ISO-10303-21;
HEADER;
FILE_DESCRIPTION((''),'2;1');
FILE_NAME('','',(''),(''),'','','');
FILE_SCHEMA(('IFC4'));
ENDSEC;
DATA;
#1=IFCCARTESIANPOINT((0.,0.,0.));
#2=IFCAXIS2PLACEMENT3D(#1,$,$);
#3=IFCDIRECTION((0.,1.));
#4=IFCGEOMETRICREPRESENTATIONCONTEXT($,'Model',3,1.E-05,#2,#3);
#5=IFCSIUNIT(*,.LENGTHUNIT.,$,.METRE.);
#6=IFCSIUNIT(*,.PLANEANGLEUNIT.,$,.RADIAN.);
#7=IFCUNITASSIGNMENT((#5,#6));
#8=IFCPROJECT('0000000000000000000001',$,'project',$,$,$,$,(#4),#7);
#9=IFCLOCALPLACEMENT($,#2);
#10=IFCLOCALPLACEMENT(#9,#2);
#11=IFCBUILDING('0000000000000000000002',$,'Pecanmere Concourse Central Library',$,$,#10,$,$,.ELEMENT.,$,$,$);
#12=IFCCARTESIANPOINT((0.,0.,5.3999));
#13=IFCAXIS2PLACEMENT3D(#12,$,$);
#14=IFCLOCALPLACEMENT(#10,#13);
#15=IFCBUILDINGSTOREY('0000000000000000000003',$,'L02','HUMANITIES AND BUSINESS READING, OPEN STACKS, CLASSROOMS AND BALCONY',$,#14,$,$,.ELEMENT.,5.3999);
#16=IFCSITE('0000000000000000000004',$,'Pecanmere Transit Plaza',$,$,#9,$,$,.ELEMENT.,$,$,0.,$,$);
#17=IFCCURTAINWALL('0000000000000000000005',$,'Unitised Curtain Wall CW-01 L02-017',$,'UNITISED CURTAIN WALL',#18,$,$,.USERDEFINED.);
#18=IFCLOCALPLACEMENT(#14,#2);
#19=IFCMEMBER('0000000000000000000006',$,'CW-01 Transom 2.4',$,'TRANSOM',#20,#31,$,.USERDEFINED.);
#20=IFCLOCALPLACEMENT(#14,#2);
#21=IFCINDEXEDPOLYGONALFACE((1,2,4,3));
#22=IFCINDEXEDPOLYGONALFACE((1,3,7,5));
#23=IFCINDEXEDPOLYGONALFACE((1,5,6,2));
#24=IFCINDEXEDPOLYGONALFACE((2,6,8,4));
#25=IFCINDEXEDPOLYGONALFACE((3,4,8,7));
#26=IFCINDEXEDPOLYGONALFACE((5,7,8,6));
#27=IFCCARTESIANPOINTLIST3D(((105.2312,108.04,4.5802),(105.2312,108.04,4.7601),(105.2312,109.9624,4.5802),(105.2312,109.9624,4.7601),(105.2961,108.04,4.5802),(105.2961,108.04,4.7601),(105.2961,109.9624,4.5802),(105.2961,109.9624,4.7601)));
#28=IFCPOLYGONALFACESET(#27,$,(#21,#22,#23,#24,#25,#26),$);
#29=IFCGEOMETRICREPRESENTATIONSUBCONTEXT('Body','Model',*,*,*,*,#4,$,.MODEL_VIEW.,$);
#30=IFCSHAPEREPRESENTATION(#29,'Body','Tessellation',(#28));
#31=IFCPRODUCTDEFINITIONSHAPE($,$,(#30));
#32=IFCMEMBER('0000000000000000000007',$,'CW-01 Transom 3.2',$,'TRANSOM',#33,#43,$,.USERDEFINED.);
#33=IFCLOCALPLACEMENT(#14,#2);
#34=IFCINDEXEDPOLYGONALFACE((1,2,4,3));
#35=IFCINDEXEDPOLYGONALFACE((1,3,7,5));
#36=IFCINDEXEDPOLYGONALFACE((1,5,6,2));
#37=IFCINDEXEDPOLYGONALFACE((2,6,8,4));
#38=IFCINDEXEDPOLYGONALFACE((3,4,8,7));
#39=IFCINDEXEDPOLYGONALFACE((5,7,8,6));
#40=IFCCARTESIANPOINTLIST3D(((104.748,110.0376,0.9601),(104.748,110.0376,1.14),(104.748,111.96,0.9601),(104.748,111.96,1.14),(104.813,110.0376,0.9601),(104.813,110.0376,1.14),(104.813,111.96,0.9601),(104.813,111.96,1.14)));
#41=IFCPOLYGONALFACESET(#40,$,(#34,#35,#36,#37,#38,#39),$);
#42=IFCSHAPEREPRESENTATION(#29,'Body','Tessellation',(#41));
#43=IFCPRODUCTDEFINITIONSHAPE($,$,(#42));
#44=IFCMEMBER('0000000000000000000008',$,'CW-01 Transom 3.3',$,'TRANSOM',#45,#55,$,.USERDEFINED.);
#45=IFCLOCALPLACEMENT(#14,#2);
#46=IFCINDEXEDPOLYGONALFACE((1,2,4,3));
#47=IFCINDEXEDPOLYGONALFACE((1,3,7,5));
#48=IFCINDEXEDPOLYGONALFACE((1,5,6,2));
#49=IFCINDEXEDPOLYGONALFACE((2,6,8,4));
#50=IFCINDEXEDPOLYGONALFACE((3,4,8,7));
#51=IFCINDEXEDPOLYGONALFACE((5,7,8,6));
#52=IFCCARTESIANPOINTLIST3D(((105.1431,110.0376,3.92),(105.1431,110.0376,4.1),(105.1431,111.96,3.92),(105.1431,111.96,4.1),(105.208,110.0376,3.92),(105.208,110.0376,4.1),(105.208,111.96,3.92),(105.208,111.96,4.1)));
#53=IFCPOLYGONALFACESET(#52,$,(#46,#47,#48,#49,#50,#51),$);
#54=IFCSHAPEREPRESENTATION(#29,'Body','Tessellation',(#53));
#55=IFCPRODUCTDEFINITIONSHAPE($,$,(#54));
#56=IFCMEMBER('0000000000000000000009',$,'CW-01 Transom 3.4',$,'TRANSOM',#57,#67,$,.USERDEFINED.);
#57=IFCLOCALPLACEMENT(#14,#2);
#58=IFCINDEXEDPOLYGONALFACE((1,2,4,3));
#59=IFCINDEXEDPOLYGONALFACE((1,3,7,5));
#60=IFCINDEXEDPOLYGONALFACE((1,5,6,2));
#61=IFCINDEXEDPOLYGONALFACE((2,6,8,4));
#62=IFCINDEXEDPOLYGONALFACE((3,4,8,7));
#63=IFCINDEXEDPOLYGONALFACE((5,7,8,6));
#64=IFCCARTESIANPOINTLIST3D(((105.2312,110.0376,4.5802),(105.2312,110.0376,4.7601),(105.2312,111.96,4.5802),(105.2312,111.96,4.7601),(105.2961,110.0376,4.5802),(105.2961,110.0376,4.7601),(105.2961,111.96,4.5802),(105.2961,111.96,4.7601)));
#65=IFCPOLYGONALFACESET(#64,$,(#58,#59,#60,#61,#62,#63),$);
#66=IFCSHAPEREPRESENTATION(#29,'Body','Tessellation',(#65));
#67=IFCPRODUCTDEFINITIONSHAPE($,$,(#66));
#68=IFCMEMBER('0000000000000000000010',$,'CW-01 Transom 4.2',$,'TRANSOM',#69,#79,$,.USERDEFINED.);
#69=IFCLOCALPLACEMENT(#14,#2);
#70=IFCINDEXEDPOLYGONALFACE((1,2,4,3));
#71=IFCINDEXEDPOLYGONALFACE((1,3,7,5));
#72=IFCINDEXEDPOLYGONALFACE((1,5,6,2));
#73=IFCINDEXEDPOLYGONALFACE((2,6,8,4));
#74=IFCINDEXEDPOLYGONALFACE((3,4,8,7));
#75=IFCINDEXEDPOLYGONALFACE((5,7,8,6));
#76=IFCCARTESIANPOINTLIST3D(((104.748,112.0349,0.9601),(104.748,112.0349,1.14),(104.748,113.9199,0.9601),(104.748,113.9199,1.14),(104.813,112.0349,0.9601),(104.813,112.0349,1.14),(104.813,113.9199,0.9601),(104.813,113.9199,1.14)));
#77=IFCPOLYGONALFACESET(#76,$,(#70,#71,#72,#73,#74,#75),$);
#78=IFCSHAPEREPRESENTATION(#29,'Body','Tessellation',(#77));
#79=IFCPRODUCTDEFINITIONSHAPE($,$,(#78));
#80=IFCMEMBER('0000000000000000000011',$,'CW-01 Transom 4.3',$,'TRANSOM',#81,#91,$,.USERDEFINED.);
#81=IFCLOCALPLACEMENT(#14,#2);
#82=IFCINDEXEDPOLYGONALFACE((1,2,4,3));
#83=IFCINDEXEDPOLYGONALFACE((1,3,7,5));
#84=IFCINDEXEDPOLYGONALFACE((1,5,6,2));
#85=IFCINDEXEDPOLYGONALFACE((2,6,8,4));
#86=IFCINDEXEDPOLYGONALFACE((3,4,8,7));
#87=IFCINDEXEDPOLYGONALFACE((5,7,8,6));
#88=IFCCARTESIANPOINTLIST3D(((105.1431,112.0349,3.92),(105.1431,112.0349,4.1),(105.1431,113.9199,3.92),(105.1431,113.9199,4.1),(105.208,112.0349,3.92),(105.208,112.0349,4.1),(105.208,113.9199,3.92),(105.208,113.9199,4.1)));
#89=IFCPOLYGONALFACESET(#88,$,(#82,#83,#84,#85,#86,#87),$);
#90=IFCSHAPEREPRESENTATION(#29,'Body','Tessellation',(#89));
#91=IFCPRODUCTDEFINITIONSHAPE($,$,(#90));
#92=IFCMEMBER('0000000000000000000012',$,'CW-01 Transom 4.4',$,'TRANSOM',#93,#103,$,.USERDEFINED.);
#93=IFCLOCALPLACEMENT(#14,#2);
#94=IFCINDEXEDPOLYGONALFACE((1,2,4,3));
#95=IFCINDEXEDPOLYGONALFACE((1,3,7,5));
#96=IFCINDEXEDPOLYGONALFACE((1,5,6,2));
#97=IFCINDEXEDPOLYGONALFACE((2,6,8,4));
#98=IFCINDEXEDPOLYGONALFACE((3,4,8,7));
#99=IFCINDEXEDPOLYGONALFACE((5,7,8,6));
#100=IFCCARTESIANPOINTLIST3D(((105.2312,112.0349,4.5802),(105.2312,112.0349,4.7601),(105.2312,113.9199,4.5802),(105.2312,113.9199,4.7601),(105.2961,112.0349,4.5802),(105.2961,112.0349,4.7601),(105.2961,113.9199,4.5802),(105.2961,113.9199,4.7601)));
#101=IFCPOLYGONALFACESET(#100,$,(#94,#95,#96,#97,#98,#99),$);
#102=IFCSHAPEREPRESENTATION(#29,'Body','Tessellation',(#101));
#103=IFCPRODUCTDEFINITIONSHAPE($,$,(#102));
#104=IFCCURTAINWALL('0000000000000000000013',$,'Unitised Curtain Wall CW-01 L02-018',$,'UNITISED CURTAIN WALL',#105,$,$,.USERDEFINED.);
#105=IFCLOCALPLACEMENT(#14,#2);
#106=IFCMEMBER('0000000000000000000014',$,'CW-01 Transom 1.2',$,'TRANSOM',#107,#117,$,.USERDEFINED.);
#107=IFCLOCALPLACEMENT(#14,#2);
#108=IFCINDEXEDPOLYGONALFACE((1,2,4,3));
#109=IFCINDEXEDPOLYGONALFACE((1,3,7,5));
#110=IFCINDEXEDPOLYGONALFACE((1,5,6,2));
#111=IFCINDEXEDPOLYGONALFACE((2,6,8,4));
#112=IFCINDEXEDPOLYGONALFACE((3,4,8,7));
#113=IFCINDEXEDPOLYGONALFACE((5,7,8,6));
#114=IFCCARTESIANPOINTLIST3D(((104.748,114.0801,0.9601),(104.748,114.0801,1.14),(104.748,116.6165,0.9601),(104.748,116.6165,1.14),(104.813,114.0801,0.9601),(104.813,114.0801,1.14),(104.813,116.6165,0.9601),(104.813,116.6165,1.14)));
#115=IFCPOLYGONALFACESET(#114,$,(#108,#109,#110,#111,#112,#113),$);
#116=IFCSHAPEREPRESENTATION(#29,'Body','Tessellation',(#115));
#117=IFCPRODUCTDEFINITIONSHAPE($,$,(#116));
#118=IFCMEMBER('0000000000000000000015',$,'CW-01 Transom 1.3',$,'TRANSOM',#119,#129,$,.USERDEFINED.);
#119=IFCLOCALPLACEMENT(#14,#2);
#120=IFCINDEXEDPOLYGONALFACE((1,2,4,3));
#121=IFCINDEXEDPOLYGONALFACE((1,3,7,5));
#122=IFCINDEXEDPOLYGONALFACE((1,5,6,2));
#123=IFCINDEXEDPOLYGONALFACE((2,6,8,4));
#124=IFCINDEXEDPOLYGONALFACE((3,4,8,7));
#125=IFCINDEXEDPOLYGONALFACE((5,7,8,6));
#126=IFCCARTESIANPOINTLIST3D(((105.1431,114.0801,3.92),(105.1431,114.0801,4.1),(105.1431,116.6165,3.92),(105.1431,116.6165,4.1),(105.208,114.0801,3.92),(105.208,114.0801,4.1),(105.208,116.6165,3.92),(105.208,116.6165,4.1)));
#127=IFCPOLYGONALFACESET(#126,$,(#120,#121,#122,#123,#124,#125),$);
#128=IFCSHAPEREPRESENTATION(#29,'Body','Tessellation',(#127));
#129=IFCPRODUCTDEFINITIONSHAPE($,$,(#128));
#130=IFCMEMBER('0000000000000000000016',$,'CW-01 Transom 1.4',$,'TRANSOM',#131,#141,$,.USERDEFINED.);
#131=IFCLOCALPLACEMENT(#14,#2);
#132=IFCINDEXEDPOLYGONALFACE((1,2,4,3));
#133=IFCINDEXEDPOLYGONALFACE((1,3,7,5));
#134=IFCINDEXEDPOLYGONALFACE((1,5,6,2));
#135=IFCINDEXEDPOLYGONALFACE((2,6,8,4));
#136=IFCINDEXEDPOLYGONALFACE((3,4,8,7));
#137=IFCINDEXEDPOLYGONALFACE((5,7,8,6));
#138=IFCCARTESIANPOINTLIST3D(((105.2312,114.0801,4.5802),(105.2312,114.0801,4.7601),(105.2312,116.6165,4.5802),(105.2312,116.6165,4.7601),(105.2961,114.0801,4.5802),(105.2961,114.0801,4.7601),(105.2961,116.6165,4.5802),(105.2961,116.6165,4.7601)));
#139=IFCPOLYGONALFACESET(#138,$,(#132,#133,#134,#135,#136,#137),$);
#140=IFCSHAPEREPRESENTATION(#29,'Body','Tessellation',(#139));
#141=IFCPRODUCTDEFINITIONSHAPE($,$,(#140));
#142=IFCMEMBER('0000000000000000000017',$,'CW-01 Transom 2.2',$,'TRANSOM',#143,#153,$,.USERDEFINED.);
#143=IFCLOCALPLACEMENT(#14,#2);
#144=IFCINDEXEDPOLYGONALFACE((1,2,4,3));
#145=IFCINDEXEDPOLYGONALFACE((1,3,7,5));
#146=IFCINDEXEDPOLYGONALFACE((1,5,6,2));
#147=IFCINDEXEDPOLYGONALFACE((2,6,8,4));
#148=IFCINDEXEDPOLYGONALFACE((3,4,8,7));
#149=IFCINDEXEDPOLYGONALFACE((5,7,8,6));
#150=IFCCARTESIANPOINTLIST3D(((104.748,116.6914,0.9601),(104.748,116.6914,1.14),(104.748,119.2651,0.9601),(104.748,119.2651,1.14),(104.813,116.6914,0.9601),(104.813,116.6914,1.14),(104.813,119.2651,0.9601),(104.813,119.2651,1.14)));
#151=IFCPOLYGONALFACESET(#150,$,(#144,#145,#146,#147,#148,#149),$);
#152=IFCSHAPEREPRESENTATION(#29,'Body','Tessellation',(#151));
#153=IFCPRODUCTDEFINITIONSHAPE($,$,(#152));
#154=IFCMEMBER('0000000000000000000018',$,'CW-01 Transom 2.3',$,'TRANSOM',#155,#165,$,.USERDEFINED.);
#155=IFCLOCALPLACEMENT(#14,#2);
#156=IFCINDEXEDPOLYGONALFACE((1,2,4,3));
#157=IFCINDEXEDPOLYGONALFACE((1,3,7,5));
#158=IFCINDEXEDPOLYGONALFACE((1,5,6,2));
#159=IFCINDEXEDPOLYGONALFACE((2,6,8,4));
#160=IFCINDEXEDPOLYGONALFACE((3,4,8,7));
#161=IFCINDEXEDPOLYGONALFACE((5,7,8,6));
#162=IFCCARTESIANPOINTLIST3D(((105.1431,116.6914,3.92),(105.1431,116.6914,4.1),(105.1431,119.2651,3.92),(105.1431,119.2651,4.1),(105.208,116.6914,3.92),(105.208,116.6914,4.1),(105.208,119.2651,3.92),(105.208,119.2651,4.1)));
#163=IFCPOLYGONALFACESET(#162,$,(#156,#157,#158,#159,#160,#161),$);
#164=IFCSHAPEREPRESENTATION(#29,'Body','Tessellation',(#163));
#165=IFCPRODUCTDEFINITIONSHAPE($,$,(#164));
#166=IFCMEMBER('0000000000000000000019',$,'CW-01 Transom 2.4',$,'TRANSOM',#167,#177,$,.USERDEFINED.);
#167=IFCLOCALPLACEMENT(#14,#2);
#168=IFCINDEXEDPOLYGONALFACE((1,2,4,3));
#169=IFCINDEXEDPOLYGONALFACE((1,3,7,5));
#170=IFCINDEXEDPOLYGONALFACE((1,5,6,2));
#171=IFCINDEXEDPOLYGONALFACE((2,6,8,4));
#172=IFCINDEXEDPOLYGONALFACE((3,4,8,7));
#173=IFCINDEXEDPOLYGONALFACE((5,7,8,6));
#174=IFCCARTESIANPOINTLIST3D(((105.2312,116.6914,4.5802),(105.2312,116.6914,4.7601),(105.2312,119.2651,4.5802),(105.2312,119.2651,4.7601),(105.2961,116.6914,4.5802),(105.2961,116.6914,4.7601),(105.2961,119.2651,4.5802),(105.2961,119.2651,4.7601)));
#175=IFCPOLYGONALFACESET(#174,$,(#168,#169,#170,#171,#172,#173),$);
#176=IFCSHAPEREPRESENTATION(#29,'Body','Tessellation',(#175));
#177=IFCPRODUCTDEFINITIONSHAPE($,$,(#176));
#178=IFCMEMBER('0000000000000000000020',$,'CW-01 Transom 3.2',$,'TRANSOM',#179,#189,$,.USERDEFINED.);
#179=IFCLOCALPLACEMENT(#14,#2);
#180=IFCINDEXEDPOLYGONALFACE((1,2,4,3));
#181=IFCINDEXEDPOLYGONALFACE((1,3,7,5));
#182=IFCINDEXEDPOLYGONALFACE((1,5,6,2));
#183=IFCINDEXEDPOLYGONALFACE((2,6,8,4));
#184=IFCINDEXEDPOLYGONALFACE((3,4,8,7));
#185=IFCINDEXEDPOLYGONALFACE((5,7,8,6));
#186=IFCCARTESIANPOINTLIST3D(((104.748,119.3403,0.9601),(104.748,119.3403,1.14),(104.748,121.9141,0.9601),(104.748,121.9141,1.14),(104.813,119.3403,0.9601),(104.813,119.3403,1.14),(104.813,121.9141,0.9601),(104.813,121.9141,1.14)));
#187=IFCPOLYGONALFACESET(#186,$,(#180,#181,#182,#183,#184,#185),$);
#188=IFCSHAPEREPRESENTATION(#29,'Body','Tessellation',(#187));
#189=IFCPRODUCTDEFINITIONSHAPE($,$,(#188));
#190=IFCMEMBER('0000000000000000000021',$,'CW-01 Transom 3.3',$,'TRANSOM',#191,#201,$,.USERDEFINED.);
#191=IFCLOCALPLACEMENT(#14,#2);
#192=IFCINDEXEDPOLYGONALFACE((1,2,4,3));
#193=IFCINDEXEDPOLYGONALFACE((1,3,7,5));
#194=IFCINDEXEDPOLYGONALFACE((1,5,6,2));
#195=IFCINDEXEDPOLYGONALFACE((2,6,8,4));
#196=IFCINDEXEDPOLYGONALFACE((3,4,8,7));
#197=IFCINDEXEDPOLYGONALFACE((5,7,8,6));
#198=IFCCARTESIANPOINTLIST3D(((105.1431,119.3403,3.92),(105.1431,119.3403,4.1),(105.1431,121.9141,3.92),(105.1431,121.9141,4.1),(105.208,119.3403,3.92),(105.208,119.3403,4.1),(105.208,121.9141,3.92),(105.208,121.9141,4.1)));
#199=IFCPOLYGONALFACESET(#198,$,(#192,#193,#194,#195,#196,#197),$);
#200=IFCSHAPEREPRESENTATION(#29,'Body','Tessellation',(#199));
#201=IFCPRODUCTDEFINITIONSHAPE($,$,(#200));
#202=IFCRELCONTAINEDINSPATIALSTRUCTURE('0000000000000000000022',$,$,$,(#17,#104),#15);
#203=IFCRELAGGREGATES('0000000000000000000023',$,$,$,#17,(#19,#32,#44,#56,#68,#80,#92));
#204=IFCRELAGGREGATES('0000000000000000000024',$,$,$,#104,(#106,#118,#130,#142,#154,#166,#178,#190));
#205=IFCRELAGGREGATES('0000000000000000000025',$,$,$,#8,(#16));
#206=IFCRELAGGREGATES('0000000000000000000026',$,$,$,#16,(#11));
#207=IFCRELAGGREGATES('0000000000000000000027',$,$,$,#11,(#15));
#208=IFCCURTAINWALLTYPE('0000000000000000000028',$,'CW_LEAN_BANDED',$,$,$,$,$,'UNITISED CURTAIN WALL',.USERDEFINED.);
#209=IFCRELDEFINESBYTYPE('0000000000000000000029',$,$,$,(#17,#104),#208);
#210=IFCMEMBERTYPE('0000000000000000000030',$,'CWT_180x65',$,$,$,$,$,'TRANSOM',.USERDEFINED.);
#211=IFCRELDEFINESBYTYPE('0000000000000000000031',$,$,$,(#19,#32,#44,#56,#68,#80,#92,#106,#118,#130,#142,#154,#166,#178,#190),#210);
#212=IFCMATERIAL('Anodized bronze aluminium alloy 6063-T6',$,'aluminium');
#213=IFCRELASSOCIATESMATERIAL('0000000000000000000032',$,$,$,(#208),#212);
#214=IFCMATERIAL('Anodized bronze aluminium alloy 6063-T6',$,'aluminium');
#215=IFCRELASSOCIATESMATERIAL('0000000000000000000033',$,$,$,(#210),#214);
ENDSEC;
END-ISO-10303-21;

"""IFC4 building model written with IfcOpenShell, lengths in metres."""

from ifc_helpers import new_model, si_unit, direction, frame, origin, origin_2d, place, context, subcontext, project, spatial, rectangle, extrude, material, material_profile, profile_set, type_object, element, aggregate, save


model = new_model("IFC4")

# Units and contexts
model_context = context("Model", 3, precision=1e-05, world=origin(), true_north=direction((0.0, 1.0)))
body_context = subcontext(model_context, "Body", "Model", "MODEL_VIEW")
ifc_project = project(units=[si_unit("LENGTHUNIT", "METRE"), si_unit("PLANEANGLEUNIT", "RADIAN")], contexts=[model_context])

# Site, building, storey
site_placement = place(None, origin())
site = spatial("IfcSite", under=ifc_project, at=site_placement, Name="Pecanmere Transit Plaza", CompositionType="ELEMENT", RefElevation=0.0)
building_placement = place(site_placement, origin())
building = spatial("IfcBuilding", under=site, at=building_placement, Name="Pecanmere Concourse Central Library", CompositionType="ELEMENT")
storey_placement = place(building_placement, frame((0.0, 0.0, 5.3999)))
storey = spatial("IfcBuildingStorey", under=building, at=storey_placement, Name="L02", Description="HUMANITIES AND BUSINESS READING, OPEN STACKS, CLASSROOMS AND BALCONY", CompositionType="ELEMENT", Elevation=5.3999)

# Curtain wall, members
ifc_material_1 = material(Name="Anodized bronze aluminium alloy 6063-T6", Category="aluminium")
curtain_wall_type = type_object("IfcCurtainWallType", Name="CW_LEAN_BANDED", ElementType="UNITISED CURTAIN WALL", PredefinedType="USERDEFINED", material=ifc_material_1)
curtain_wall_1_placement = place(storey_placement, origin())
curtain_wall_1 = element("IfcCurtainWall", 1, at=curtain_wall_1_placement, inside=storey, type_object=curtain_wall_type, Name="Unitised Curtain Wall CW-01 L02-017", ObjectType="UNITISED CURTAIN WALL", PredefinedType="USERDEFINED")
ifc_material_2 = material(Name="Anodized bronze aluminium alloy 6063-T6", Category="aluminium")
ifc_material_profile = material_profile(ifc_material_2, rectangle(XDim=0.0649, YDim=0.1799, at=origin_2d()), Name="AL 65x180")
ifc_profile_set = profile_set([ifc_material_profile], Name="Anodized bronze aluminium alloy 6063-T6")
member_type = type_object("IfcMemberType", Name="CWT_180x65", ElementType="TRANSOM", PredefinedType="USERDEFINED", material=ifc_profile_set)
member_1_placement = place(storey_placement, frame((105.2637, 108.04, 4.6702), z_axis=(0.0, 1.0, 0.0), x_axis=(-1.0, 0.0, 0.0)))
member_1 = element("IfcMember", 2, at=member_1_placement, type_object=member_type, Name="CW-01 Transom 2.4", ObjectType="TRANSOM", PredefinedType="USERDEFINED", context=body_context, shape_type="SweptSolid", body=[
    extrude(rectangle(XDim=0.0649, YDim=0.1799, at=origin_2d()), origin(), (0.0, 0.0, 1.0), 1.9224),
])
member_2_placement = place(storey_placement, frame((104.7805, 110.0376, 1.05), z_axis=(0.0, 1.0, 0.0), x_axis=(-1.0, 0.0, 0.0)))
member_2 = element("IfcMember", 3, at=member_2_placement, type_object=member_type, Name="CW-01 Transom 3.2", ObjectType="TRANSOM", PredefinedType="USERDEFINED", context=body_context, shape_type="SweptSolid", body=[
    extrude(rectangle(XDim=0.0649, YDim=0.1799, at=origin_2d()), origin(), (0.0, 0.0, 1.0), 1.9224),
])
member_3_placement = place(storey_placement, frame((105.1755, 110.0376, 4.01), z_axis=(0.0, 1.0, 0.0), x_axis=(-1.0, 0.0, 0.0)))
member_3 = element("IfcMember", 4, at=member_3_placement, type_object=member_type, Name="CW-01 Transom 3.3", ObjectType="TRANSOM", PredefinedType="USERDEFINED", context=body_context, shape_type="SweptSolid", body=[
    extrude(rectangle(XDim=0.0649, YDim=0.1799, at=origin_2d()), origin(), (0.0, 0.0, 1.0), 1.9224),
])
member_4_placement = place(storey_placement, frame((105.2637, 110.0376, 4.6702), z_axis=(0.0, 1.0, 0.0), x_axis=(-1.0, 0.0, 0.0)))
member_4 = element("IfcMember", 5, at=member_4_placement, type_object=member_type, Name="CW-01 Transom 3.4", ObjectType="TRANSOM", PredefinedType="USERDEFINED", context=body_context, shape_type="SweptSolid", body=[
    extrude(rectangle(XDim=0.0649, YDim=0.1799, at=origin_2d()), origin(), (0.0, 0.0, 1.0), 1.9224),
])
member_5_placement = place(storey_placement, frame((104.7805, 112.0349, 1.05), z_axis=(0.0, 1.0, 0.0), x_axis=(-1.0, 0.0, 0.0)))
member_5 = element("IfcMember", 6, at=member_5_placement, type_object=member_type, Name="CW-01 Transom 4.2", ObjectType="TRANSOM", PredefinedType="USERDEFINED", context=body_context, shape_type="SweptSolid", body=[
    extrude(rectangle(XDim=0.0649, YDim=0.1799, at=origin_2d()), origin(), (0.0, 0.0, 1.0), 1.885),
])
member_6_placement = place(storey_placement, frame((105.1755, 112.0349, 4.01), z_axis=(0.0, 1.0, 0.0), x_axis=(-1.0, 0.0, 0.0)))
member_6 = element("IfcMember", 7, at=member_6_placement, type_object=member_type, Name="CW-01 Transom 4.3", ObjectType="TRANSOM", PredefinedType="USERDEFINED", context=body_context, shape_type="SweptSolid", body=[
    extrude(rectangle(XDim=0.0649, YDim=0.1799, at=origin_2d()), origin(), (0.0, 0.0, 1.0), 1.885),
])
member_7_placement = place(storey_placement, frame((105.2637, 112.0349, 4.6702), z_axis=(0.0, 1.0, 0.0), x_axis=(-1.0, 0.0, 0.0)))
member_7 = element("IfcMember", 8, at=member_7_placement, type_object=member_type, Name="CW-01 Transom 4.4", ObjectType="TRANSOM", PredefinedType="USERDEFINED", context=body_context, shape_type="SweptSolid", body=[
    extrude(rectangle(XDim=0.0649, YDim=0.1799, at=origin_2d()), origin(), (0.0, 0.0, 1.0), 1.885),
])

# Curtain wall, members
curtain_wall_2_placement = place(storey_placement, origin())
curtain_wall_2 = element("IfcCurtainWall", 9, at=curtain_wall_2_placement, inside=storey, type_object=curtain_wall_type, Name="Unitised Curtain Wall CW-01 L02-018", ObjectType="UNITISED CURTAIN WALL", PredefinedType="USERDEFINED")
member_8_placement = place(storey_placement, frame((104.7805, 114.0801, 1.05), z_axis=(0.0, 1.0, 0.0), x_axis=(-1.0, 0.0, 0.0)))
member_8 = element("IfcMember", 10, at=member_8_placement, type_object=member_type, Name="CW-01 Transom 1.2", ObjectType="TRANSOM", PredefinedType="USERDEFINED", context=body_context, shape_type="SweptSolid", body=[
    extrude(rectangle(XDim=0.0649, YDim=0.1799, at=origin_2d()), origin(), (0.0, 0.0, 1.0), 2.5364),
])
member_9_placement = place(storey_placement, frame((105.1755, 114.0801, 4.01), z_axis=(0.0, 1.0, 0.0), x_axis=(-1.0, 0.0, 0.0)))
member_9 = element("IfcMember", 11, at=member_9_placement, type_object=member_type, Name="CW-01 Transom 1.3", ObjectType="TRANSOM", PredefinedType="USERDEFINED", context=body_context, shape_type="SweptSolid", body=[
    extrude(rectangle(XDim=0.0649, YDim=0.1799, at=origin_2d()), origin(), (0.0, 0.0, 1.0), 2.5364),
])
member_10_placement = place(storey_placement, frame((105.2637, 114.0801, 4.6702), z_axis=(0.0, 1.0, 0.0), x_axis=(-1.0, 0.0, 0.0)))
member_10 = element("IfcMember", 12, at=member_10_placement, type_object=member_type, Name="CW-01 Transom 1.4", ObjectType="TRANSOM", PredefinedType="USERDEFINED", context=body_context, shape_type="SweptSolid", body=[
    extrude(rectangle(XDim=0.0649, YDim=0.1799, at=origin_2d()), origin(), (0.0, 0.0, 1.0), 2.5364),
])
member_11_placement = place(storey_placement, frame((104.7805, 116.6914, 1.05), z_axis=(0.0, 1.0, 0.0), x_axis=(-1.0, 0.0, 0.0)))
member_11 = element("IfcMember", 13, at=member_11_placement, type_object=member_type, Name="CW-01 Transom 2.2", ObjectType="TRANSOM", PredefinedType="USERDEFINED", context=body_context, shape_type="SweptSolid", body=[
    extrude(rectangle(XDim=0.0649, YDim=0.1799, at=origin_2d()), origin(), (0.0, 0.0, 1.0), 2.5737),
])
member_12_placement = place(storey_placement, frame((105.1755, 116.6914, 4.01), z_axis=(0.0, 1.0, 0.0), x_axis=(-1.0, 0.0, 0.0)))
member_12 = element("IfcMember", 14, at=member_12_placement, type_object=member_type, Name="CW-01 Transom 2.3", ObjectType="TRANSOM", PredefinedType="USERDEFINED", context=body_context, shape_type="SweptSolid", body=[
    extrude(rectangle(XDim=0.0649, YDim=0.1799, at=origin_2d()), origin(), (0.0, 0.0, 1.0), 2.5737),
])
member_13_placement = place(storey_placement, frame((105.2637, 116.6914, 4.6702), z_axis=(0.0, 1.0, 0.0), x_axis=(-1.0, 0.0, 0.0)))
member_13 = element("IfcMember", 15, at=member_13_placement, type_object=member_type, Name="CW-01 Transom 2.4", ObjectType="TRANSOM", PredefinedType="USERDEFINED", context=body_context, shape_type="SweptSolid", body=[
    extrude(rectangle(XDim=0.0649, YDim=0.1799, at=origin_2d()), origin(), (0.0, 0.0, 1.0), 2.5737),
])
member_14_placement = place(storey_placement, frame((104.7805, 119.3403, 1.05), z_axis=(0.0, 1.0, 0.0), x_axis=(-1.0, 0.0, 0.0)))
member_14 = element("IfcMember", 16, at=member_14_placement, type_object=member_type, Name="CW-01 Transom 3.2", ObjectType="TRANSOM", PredefinedType="USERDEFINED", context=body_context, shape_type="SweptSolid", body=[
    extrude(rectangle(XDim=0.0649, YDim=0.1799, at=origin_2d()), origin(), (0.0, 0.0, 1.0), 2.5737),
])
member_15_placement = place(storey_placement, frame((105.1755, 119.3403, 4.01), z_axis=(0.0, 1.0, 0.0), x_axis=(-1.0, 0.0, 0.0)))
member_15 = element("IfcMember", 17, at=member_15_placement, type_object=member_type, Name="CW-01 Transom 3.3", ObjectType="TRANSOM", PredefinedType="USERDEFINED", context=body_context, shape_type="SweptSolid", body=[
    extrude(rectangle(XDim=0.0649, YDim=0.1799, at=origin_2d()), origin(), (0.0, 0.0, 1.0), 2.5737),
])

aggregate(curtain_wall_1, [member_1, member_2, member_3, member_4, member_5, member_6, member_7])
aggregate(curtain_wall_2, [member_8, member_9, member_10, member_11, member_12, member_13, member_14, member_15])

save(model, "model.ifc")
